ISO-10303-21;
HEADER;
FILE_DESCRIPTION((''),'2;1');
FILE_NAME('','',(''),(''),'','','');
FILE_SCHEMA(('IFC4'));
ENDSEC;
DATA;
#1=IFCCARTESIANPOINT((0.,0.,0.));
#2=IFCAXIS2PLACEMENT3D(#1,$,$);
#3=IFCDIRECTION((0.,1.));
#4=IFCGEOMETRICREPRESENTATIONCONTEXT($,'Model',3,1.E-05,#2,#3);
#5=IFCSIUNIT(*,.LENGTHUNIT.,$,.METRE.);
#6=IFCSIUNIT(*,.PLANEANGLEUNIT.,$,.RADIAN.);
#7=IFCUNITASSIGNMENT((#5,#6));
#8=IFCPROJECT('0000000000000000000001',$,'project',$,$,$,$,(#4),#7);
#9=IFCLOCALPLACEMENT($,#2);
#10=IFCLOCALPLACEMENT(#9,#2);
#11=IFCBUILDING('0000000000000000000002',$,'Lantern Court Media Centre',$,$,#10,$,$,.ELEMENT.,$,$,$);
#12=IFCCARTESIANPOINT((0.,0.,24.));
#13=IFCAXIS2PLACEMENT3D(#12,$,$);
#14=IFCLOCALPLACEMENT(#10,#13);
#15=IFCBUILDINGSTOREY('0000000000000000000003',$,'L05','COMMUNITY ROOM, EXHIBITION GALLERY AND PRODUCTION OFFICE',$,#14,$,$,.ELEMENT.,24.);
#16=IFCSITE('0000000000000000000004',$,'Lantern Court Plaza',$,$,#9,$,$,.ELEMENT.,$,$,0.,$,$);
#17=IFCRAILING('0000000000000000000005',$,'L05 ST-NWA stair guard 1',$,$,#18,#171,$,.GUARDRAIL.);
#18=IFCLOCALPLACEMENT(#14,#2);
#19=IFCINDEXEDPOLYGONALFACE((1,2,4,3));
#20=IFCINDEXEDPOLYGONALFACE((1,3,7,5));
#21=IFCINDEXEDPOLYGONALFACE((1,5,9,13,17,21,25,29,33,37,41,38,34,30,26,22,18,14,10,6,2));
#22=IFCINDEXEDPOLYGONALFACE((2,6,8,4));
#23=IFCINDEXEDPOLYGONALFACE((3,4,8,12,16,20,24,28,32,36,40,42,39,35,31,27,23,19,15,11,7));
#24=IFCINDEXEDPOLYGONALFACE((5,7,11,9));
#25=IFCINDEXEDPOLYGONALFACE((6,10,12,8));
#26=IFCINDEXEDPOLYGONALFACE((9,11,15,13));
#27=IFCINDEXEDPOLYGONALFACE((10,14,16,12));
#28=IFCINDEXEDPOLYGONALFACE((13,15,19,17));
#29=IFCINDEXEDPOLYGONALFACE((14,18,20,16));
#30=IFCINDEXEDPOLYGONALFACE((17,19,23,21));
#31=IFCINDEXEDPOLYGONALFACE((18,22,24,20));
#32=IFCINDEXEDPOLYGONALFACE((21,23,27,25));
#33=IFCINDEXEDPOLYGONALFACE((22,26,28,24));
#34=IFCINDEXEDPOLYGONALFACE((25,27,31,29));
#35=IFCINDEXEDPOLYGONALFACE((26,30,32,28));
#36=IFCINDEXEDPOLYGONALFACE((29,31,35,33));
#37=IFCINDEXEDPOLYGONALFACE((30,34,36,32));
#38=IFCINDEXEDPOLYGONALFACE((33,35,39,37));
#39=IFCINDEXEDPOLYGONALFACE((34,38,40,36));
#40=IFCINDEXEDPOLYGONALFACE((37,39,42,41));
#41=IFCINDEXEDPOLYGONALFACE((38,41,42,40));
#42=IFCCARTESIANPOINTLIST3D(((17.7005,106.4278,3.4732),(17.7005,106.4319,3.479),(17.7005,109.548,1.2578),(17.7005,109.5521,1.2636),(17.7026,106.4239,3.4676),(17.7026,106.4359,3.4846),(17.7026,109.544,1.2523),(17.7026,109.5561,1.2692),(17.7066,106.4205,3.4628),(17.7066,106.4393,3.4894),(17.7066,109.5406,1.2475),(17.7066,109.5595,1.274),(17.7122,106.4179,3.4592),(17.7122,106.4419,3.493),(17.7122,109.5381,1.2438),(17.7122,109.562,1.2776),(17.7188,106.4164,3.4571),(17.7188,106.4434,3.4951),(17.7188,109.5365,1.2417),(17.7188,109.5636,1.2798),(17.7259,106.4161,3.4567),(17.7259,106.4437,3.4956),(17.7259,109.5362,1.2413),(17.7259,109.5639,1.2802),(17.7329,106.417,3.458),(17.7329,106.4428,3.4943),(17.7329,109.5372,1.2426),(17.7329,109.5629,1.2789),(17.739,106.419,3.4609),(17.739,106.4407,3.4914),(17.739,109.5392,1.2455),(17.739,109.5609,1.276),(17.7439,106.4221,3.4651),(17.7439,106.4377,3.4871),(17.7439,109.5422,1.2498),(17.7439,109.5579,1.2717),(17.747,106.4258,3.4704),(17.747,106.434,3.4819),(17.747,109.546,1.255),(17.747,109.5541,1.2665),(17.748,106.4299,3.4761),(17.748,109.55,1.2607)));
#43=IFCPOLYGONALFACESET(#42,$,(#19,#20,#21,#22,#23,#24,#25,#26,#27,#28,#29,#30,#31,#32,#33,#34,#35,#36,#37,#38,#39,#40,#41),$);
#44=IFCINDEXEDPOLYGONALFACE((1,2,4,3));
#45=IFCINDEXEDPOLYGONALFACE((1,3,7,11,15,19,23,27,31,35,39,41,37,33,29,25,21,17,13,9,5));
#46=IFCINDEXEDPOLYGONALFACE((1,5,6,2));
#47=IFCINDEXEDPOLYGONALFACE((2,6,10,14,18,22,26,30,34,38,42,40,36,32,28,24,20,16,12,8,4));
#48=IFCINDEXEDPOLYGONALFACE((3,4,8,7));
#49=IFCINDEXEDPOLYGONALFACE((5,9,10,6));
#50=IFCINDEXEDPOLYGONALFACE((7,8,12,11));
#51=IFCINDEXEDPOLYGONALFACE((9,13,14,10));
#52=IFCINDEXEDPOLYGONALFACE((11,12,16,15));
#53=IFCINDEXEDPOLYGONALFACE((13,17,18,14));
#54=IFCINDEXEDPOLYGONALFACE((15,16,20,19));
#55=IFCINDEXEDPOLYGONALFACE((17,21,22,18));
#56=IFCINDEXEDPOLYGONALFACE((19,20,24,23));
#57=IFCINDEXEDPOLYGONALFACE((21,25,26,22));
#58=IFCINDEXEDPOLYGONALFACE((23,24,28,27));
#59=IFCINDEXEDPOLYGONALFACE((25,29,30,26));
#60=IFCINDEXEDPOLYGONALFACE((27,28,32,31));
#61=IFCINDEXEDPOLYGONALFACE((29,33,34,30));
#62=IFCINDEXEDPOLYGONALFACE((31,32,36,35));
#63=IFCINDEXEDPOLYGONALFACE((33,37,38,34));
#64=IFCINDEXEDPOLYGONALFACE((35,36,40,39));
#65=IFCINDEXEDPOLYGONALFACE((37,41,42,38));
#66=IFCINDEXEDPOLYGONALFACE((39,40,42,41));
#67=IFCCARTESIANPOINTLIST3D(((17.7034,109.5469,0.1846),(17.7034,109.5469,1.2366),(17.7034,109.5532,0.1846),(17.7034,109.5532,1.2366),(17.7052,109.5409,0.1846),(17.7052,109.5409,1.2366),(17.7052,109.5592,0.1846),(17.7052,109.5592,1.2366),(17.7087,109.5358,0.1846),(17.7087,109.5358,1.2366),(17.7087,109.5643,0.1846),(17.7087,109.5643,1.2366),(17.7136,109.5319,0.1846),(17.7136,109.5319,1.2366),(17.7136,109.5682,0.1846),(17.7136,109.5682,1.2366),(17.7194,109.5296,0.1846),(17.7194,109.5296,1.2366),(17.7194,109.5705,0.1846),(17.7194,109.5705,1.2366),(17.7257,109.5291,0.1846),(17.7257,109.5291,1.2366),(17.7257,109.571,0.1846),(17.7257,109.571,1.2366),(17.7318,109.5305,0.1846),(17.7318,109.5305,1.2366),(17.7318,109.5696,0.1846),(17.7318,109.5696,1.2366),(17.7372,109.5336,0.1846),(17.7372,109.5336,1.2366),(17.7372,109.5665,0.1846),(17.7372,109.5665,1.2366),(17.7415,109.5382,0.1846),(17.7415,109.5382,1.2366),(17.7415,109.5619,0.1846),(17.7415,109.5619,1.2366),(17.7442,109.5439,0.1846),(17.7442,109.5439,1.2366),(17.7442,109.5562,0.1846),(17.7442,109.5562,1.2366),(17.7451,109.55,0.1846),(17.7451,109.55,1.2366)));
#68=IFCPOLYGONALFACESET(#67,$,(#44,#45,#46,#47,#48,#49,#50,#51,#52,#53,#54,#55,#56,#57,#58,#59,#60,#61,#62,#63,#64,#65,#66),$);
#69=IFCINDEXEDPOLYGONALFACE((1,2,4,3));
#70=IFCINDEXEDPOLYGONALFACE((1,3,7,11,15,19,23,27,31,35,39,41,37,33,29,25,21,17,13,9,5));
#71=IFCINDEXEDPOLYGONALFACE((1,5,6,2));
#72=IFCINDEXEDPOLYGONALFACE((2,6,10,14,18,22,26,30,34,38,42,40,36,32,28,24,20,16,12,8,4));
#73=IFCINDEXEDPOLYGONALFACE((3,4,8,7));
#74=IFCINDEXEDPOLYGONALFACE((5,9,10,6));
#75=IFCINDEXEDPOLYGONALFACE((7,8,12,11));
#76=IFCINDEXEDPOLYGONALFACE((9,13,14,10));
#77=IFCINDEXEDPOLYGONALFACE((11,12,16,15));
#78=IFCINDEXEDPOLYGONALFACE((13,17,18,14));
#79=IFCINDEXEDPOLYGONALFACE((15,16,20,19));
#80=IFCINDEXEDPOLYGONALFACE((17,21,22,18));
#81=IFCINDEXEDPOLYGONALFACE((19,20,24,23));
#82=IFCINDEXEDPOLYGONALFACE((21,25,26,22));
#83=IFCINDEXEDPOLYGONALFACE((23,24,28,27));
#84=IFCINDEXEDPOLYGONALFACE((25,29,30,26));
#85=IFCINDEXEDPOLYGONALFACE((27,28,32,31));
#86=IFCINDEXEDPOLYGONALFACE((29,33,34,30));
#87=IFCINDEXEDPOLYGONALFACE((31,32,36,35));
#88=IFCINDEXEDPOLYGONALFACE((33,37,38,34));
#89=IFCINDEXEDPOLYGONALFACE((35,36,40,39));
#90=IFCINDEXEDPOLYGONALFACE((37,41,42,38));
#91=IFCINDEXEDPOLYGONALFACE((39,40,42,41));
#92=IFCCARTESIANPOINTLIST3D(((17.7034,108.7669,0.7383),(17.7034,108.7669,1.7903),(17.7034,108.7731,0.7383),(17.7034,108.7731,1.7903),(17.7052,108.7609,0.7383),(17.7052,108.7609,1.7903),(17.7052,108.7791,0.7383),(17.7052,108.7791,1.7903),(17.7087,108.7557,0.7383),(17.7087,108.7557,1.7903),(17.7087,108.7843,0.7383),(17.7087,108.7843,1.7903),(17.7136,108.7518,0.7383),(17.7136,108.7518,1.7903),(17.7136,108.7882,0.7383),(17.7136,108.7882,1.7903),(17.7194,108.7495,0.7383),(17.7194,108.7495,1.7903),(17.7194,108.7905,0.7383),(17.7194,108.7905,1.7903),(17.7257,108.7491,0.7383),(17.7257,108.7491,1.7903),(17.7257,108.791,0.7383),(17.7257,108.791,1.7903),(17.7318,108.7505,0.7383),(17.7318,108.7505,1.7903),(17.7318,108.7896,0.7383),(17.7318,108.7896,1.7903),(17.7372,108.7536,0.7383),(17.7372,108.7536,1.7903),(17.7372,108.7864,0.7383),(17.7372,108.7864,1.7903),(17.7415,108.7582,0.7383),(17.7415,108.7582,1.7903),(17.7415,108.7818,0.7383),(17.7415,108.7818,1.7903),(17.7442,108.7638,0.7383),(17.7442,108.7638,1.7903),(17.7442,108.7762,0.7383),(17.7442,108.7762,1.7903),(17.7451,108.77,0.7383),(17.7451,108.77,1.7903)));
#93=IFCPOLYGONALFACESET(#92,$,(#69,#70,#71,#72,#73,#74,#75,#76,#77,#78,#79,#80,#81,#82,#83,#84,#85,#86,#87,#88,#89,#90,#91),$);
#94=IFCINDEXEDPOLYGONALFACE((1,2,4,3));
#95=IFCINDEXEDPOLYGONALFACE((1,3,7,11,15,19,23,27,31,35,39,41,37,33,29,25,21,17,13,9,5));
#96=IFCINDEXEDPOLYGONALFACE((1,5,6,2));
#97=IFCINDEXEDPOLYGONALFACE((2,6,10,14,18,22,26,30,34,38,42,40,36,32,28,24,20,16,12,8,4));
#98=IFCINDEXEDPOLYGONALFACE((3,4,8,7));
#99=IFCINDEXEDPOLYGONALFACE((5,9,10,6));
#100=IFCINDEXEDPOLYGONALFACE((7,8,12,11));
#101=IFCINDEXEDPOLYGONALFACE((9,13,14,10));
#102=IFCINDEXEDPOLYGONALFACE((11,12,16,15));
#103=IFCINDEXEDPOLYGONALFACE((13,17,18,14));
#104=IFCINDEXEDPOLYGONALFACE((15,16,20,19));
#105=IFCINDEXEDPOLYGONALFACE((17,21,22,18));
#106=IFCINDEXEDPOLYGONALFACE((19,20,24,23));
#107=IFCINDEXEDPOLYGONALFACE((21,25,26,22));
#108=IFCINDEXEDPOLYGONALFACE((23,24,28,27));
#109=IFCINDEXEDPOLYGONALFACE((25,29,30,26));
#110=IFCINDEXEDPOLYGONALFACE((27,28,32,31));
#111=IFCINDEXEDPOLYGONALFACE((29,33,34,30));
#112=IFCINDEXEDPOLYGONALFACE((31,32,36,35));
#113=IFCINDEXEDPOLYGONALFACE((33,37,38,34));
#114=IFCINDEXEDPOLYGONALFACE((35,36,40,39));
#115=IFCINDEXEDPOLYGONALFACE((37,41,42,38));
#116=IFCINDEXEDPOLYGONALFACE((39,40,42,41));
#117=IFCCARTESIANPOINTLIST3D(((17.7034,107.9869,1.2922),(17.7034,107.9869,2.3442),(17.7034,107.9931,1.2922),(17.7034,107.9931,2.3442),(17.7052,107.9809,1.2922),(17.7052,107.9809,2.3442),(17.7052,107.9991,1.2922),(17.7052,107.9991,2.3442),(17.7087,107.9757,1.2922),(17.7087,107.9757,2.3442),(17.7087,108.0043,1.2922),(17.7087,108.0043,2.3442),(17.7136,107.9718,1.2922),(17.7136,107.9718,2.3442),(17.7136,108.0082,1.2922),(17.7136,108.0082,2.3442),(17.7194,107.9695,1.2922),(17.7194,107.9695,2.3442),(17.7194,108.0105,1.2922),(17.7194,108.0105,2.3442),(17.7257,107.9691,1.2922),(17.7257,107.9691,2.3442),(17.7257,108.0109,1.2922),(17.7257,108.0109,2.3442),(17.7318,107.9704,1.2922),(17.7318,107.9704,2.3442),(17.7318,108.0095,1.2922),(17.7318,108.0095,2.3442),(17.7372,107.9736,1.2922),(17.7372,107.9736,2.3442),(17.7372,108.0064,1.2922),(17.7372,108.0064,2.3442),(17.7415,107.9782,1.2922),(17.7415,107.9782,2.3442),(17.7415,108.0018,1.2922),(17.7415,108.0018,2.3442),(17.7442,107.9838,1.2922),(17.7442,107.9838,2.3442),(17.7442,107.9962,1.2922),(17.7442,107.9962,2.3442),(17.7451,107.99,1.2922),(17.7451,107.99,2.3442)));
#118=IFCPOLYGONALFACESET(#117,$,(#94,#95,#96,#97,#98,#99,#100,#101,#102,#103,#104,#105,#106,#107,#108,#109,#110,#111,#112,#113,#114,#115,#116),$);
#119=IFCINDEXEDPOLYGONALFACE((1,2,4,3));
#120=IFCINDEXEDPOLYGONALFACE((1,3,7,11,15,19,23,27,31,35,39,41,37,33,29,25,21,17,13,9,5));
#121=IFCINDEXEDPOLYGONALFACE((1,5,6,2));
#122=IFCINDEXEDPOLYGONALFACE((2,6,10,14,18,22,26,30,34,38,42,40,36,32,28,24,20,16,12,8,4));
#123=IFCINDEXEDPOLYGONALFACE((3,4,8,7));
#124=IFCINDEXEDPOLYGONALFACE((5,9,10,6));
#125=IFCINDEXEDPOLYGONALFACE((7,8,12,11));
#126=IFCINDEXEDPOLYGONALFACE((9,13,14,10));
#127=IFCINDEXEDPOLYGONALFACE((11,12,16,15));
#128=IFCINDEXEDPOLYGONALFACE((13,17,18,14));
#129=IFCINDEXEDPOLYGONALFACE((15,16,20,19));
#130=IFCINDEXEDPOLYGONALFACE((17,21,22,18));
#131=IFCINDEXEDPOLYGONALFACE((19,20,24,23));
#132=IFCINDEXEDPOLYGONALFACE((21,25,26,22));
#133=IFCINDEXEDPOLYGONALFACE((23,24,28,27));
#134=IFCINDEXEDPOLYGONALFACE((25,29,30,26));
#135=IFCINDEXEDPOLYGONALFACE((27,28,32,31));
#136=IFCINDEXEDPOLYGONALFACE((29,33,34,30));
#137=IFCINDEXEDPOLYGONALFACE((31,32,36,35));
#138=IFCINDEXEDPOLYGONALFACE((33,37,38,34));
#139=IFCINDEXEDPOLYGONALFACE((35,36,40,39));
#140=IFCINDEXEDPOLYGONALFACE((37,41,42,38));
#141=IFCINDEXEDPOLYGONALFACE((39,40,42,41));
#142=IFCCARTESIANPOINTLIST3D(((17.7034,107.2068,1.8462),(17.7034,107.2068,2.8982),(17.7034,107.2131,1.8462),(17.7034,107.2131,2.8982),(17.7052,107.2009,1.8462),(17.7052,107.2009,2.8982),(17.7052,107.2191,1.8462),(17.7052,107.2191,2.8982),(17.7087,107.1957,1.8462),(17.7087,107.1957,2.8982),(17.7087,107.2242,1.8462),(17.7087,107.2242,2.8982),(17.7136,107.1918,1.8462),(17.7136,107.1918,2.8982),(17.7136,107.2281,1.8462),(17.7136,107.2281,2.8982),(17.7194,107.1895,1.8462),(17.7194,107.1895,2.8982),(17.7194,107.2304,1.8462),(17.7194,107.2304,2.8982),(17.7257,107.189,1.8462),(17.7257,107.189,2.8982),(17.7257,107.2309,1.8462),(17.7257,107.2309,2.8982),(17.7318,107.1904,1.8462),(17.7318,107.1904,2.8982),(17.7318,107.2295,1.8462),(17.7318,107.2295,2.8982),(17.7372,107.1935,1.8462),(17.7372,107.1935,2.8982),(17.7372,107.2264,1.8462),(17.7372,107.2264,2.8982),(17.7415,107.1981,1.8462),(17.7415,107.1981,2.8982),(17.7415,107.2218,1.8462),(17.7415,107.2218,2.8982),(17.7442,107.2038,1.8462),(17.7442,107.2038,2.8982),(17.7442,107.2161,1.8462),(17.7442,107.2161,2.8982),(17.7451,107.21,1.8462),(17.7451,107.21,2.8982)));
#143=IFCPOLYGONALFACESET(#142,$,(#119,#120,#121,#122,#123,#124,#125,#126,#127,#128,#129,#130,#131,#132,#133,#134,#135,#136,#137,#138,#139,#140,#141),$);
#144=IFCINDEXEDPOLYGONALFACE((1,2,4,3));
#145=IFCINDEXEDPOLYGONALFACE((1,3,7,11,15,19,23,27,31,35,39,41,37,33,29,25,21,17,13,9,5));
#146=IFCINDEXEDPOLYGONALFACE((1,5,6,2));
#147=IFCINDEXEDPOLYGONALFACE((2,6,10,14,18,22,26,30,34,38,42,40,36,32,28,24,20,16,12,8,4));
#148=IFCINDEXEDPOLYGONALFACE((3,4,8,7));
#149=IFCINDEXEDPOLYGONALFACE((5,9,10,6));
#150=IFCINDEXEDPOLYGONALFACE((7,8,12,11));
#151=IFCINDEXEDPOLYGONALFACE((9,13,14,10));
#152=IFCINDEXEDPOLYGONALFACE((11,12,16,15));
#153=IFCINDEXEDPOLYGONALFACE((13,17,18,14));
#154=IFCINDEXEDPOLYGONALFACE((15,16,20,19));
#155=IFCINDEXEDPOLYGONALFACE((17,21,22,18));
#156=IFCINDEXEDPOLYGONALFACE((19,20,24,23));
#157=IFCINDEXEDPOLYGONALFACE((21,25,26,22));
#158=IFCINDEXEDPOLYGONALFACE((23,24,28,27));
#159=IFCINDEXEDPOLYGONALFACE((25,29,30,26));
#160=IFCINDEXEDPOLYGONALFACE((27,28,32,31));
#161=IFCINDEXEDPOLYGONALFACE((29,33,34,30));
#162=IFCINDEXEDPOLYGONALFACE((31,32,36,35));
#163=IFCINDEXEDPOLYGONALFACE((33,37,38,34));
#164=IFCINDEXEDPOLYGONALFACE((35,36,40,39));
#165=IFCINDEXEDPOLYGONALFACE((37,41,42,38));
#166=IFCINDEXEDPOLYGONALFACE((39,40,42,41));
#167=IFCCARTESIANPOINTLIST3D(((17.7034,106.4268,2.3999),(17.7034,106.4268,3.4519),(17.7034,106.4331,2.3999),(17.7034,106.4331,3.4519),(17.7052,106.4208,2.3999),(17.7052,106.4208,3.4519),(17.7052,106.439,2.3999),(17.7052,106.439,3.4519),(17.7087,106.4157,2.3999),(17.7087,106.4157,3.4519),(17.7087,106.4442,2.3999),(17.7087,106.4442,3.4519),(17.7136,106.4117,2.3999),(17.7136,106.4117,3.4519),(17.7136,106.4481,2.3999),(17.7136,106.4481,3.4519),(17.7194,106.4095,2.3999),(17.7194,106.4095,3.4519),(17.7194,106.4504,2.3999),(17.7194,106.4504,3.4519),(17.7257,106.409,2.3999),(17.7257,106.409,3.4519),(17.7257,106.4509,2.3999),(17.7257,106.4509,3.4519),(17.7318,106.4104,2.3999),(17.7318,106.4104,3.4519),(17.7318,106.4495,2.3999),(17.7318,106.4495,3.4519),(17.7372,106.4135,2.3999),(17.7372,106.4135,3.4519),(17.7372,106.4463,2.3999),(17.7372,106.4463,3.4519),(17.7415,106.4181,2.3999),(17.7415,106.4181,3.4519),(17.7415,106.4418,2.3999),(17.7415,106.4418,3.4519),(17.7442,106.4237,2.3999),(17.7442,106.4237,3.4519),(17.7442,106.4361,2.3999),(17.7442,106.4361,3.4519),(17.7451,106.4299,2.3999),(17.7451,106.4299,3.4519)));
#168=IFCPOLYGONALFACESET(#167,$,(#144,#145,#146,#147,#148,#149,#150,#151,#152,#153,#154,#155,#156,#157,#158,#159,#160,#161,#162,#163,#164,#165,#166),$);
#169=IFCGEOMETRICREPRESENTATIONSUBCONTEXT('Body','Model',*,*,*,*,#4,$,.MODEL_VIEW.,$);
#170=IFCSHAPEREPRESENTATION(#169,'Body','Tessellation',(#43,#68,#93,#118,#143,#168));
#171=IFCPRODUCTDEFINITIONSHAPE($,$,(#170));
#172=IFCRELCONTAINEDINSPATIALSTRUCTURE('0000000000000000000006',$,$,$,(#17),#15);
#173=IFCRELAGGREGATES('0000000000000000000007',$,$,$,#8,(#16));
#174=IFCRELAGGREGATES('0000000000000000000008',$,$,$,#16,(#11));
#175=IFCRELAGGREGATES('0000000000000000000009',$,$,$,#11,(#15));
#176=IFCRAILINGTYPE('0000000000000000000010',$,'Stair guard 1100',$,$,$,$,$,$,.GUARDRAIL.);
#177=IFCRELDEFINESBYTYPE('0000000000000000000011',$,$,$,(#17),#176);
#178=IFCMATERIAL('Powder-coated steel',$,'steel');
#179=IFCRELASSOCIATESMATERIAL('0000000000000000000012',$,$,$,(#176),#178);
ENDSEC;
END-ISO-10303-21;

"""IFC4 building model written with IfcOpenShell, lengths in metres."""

from ifc_helpers import new_model, si_unit, direction, frame, origin, origin_2d, place, context, subcontext, project, spatial, circle, extrude, material, type_object, element, save


model = new_model("IFC4")

# Units and contexts
model_context = context("Model", 3, precision=1e-05, world=origin(), true_north=direction((0.0, 1.0)))
body_context = subcontext(model_context, "Body", "Model", "MODEL_VIEW")
ifc_project = project(units=[si_unit("LENGTHUNIT", "METRE"), si_unit("PLANEANGLEUNIT", "RADIAN")], contexts=[model_context])

# Site, building, storey
site_placement = place(None, origin())
site = spatial("IfcSite", under=ifc_project, at=site_placement, Name="Lantern Court Plaza", CompositionType="ELEMENT", RefElevation=0.0)
building_placement = place(site_placement, origin())
building = spatial("IfcBuilding", under=site, at=building_placement, Name="Lantern Court Media Centre", CompositionType="ELEMENT")
storey_placement = place(building_placement, frame((0.0, 0.0, 24.0)))
storey = spatial("IfcBuildingStorey", under=building, at=storey_placement, Name="L05", Description="COMMUNITY ROOM, EXHIBITION GALLERY AND PRODUCTION OFFICE", CompositionType="ELEMENT", Elevation=24.0)

# Shared definitions
ifc_material_1 = material(Name="Powder-coated steel", Category="steel")

# Railing
railing_type_1 = type_object("IfcRailingType", Name="Stair guard 1100", PredefinedType="GUARDRAIL", material=ifc_material_1)
railing_1_placement = place(storey_placement, frame((17.7241, 109.55, 0.1846)))
element("IfcRailing", 1, at=railing_1_placement, inside=storey, type_object=railing_type_1, Name="L05 ST-NWA stair guard 1", PredefinedType="GUARDRAIL", context=body_context, shape_type="SweptSolid", body=[
    extrude(circle(Radius=0.0239, at=origin_2d()), frame((0.0, 0.0, 1.0762), z_axis=(0.0, -0.815377, 0.57893), x_axis=(1.0, 0.0, 0.0)), (0.0, 0.0, 1.0), 3.8267),
    extrude(circle(Radius=0.021, at=origin_2d()), origin(), (0.0, 0.0, 1.0), 1.052),
    extrude(circle(Radius=0.021, at=origin_2d()), frame((0.0, -0.78, 0.5537)), (0.0, 0.0, 1.0), 1.052),
    extrude(circle(Radius=0.021, at=origin_2d()), frame((0.0, -1.5601, 1.1077)), (0.0, 0.0, 1.0), 1.052),
    extrude(circle(Radius=0.021, at=origin_2d()), frame((0.0, -2.3401, 1.6616)), (0.0, 0.0, 1.0), 1.052),
    extrude(circle(Radius=0.021, at=origin_2d()), frame((0.0, -3.1201, 2.2153)), (0.0, 0.0, 1.0), 1.052),
])

save(model, "model.ifc")
